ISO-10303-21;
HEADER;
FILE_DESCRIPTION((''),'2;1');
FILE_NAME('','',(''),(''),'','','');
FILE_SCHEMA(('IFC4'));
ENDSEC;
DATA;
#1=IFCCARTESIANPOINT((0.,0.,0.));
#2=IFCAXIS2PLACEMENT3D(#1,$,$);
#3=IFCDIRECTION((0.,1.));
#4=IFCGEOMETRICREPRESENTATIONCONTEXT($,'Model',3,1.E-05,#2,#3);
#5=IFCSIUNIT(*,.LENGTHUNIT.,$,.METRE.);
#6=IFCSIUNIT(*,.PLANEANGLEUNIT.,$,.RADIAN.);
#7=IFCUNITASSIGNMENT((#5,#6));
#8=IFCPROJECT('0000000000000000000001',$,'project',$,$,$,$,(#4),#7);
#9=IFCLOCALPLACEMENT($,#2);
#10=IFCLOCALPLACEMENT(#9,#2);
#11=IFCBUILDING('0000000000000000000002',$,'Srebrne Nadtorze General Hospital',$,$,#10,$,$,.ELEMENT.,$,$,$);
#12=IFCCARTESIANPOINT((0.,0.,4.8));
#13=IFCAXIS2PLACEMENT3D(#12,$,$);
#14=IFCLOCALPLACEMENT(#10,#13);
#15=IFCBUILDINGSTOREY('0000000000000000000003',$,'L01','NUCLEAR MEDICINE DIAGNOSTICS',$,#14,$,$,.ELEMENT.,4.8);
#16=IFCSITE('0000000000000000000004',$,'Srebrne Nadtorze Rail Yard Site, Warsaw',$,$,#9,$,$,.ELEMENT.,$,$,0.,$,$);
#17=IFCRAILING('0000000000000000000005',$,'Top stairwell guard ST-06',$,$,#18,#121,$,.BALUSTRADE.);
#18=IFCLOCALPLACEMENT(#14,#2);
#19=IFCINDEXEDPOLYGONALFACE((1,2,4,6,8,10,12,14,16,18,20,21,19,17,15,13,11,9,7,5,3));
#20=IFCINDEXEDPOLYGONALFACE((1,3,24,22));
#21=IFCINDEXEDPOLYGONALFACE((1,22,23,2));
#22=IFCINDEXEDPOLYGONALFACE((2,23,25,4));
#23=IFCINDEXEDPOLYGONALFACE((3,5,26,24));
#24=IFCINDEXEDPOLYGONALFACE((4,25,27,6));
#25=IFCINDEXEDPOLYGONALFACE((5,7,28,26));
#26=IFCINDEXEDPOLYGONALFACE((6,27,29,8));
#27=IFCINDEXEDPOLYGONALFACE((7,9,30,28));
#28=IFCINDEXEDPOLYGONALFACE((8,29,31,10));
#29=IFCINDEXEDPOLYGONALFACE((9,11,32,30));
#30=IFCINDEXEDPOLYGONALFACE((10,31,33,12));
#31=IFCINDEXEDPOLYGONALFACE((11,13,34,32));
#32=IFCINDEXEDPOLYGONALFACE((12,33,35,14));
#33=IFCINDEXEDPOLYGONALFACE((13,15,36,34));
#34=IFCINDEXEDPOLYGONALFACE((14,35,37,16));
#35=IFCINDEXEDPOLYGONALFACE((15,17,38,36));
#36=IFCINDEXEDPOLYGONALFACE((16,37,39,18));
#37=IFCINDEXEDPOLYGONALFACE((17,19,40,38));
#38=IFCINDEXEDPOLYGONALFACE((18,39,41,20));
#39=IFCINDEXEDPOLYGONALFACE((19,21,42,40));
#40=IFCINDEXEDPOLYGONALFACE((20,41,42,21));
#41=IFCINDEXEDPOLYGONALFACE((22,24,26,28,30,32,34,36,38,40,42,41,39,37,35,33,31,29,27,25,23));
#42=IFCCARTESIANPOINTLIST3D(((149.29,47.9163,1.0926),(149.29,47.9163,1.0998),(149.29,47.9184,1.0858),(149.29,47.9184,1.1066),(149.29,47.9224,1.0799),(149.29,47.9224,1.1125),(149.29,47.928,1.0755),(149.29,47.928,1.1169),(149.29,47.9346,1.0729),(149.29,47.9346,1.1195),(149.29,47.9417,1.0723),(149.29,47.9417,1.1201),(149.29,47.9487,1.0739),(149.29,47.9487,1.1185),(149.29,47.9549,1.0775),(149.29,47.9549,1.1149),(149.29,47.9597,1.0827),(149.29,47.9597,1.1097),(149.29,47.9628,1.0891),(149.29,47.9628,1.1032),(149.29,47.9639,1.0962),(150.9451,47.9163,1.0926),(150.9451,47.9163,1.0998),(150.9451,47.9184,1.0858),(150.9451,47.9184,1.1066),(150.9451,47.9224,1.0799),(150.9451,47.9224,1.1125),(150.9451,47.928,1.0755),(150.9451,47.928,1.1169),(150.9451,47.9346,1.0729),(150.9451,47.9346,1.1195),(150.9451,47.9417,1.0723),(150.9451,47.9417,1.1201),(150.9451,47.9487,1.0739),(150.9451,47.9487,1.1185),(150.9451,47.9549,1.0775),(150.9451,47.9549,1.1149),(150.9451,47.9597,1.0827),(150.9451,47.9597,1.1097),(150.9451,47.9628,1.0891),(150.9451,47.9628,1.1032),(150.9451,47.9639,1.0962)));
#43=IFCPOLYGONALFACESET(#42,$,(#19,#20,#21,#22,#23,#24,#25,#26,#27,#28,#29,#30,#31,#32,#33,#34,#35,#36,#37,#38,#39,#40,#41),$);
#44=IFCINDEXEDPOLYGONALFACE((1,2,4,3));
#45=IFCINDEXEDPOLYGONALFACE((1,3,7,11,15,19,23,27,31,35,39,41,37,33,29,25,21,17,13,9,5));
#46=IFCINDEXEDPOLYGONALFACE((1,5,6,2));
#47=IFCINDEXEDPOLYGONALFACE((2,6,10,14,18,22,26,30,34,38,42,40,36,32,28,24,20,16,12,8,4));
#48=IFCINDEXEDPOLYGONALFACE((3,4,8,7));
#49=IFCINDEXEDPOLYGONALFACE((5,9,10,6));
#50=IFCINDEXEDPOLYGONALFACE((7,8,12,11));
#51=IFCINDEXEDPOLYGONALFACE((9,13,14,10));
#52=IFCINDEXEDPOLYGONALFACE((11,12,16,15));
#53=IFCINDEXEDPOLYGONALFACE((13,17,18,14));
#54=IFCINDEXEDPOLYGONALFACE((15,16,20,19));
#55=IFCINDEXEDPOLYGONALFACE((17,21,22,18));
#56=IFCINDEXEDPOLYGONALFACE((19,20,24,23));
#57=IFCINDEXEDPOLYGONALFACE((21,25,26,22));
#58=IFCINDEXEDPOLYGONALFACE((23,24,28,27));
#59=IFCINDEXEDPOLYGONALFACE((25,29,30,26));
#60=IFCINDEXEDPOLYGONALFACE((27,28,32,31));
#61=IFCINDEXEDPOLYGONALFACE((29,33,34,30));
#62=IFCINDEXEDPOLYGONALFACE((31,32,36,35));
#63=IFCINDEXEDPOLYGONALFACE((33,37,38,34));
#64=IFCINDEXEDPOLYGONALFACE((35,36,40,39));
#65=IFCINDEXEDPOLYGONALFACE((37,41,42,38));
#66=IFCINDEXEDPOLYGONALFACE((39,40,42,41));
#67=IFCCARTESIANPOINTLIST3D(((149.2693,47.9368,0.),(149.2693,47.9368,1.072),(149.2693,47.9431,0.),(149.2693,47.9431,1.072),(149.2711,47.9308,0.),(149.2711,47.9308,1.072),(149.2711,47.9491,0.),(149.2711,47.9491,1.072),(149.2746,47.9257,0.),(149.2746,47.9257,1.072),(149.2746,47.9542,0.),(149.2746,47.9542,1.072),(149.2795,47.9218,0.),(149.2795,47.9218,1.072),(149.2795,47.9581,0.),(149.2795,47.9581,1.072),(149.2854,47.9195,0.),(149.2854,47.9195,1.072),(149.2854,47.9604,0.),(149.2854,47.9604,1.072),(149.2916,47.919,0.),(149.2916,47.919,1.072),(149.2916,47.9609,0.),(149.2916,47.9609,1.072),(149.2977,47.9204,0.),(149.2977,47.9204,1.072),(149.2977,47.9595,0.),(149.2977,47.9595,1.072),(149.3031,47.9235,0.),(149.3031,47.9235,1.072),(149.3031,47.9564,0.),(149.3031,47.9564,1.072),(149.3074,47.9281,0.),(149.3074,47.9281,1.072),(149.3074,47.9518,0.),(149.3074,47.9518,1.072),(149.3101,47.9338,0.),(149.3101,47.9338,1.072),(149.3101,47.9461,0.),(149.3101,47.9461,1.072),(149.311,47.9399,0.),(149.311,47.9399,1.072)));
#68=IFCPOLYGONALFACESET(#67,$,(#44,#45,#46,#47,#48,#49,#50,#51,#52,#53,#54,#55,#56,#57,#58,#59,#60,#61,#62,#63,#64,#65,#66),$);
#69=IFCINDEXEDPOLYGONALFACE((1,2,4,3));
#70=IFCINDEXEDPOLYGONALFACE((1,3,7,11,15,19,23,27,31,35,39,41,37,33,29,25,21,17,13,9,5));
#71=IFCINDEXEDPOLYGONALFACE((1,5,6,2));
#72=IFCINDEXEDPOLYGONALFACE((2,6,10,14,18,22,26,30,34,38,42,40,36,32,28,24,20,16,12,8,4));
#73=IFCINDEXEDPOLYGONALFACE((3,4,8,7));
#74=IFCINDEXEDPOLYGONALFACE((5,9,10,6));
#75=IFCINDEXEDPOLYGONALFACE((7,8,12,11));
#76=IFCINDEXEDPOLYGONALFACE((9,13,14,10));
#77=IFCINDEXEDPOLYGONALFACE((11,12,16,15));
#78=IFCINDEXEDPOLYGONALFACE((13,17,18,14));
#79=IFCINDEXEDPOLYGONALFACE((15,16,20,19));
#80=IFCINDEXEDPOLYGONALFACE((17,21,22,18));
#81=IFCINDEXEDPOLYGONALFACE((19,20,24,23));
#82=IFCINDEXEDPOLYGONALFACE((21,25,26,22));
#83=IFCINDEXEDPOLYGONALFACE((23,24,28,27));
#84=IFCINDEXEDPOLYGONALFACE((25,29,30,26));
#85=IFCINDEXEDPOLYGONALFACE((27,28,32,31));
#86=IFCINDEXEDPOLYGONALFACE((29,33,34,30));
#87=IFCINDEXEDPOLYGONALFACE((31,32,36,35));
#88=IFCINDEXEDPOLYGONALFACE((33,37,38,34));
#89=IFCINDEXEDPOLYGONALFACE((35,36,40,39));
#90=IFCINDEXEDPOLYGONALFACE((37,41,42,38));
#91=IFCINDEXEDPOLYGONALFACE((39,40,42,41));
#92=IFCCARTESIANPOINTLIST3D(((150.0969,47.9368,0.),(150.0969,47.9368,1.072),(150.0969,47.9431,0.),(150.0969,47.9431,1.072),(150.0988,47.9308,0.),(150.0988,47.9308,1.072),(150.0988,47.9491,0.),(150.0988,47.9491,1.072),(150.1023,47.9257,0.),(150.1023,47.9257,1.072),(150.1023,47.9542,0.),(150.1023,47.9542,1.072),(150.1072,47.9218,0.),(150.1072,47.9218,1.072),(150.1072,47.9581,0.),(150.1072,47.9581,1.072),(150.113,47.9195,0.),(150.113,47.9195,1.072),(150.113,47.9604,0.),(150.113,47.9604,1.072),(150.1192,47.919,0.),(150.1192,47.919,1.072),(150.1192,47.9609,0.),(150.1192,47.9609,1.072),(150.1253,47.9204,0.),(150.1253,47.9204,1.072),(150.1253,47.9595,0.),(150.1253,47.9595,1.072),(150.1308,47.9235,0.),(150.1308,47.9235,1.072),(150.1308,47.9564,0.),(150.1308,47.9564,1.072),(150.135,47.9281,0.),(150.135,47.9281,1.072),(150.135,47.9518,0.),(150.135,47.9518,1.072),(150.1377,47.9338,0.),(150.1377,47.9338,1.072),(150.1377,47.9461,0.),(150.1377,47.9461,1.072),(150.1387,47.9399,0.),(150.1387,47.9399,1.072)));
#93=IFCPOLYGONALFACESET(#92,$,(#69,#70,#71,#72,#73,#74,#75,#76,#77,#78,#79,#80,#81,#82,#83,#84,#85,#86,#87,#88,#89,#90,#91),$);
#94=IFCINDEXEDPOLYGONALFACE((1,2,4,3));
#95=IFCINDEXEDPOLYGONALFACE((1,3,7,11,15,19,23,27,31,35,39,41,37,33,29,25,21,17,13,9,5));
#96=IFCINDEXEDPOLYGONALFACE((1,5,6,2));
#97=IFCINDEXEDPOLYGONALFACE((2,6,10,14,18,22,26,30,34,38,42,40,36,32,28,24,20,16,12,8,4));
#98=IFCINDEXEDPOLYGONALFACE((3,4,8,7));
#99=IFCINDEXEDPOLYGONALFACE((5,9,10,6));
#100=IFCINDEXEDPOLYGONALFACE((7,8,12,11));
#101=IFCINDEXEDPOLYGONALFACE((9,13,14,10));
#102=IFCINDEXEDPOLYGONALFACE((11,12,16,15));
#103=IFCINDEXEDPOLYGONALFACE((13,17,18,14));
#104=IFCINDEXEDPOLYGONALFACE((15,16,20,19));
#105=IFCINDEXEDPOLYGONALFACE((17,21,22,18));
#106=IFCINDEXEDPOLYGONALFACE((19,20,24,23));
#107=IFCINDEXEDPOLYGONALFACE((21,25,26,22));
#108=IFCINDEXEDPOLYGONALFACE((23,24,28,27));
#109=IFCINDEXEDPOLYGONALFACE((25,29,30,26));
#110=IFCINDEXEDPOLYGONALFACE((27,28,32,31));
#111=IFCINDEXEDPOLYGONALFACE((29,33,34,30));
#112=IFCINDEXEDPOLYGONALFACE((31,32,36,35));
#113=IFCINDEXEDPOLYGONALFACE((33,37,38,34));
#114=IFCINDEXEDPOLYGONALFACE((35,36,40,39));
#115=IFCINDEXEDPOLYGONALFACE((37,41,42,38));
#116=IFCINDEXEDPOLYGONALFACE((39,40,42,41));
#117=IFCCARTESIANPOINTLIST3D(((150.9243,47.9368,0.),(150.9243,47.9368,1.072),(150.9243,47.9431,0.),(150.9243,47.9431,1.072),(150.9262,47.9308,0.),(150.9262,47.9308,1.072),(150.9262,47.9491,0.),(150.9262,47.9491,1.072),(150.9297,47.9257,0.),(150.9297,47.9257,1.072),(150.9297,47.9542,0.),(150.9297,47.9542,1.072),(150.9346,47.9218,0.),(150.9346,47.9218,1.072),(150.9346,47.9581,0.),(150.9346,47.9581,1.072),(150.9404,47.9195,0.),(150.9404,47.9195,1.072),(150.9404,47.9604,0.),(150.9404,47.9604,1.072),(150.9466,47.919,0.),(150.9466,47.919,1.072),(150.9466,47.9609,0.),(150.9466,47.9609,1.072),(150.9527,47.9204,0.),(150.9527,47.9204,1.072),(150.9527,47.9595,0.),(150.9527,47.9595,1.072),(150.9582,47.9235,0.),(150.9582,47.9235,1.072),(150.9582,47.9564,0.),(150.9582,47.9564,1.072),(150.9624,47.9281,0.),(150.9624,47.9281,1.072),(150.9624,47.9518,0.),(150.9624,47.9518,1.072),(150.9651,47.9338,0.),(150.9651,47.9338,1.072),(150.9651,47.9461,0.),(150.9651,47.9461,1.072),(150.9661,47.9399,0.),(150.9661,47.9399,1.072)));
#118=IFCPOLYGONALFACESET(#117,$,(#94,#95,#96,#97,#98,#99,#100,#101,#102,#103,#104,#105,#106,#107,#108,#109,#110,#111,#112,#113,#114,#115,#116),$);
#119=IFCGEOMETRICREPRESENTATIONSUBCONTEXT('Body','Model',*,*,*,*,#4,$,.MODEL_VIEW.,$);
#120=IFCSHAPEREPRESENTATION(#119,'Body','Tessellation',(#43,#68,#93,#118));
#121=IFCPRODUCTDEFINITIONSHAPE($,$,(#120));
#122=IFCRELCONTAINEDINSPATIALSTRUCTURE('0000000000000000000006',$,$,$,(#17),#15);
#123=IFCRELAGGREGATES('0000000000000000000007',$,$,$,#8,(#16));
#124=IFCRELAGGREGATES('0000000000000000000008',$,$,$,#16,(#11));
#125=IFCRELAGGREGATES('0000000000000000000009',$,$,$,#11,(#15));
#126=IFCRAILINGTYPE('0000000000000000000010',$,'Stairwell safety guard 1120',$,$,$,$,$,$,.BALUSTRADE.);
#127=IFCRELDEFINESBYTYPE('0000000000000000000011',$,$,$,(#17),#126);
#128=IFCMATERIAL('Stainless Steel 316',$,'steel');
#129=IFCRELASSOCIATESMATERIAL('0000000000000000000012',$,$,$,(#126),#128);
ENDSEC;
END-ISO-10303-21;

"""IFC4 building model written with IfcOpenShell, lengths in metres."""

from ifc_helpers import new_model, si_unit, direction, frame, origin, origin_2d, place, context, subcontext, project, spatial, circle, extrude, material, type_object, element, save


model = new_model("IFC4")

# Units and contexts
model_context = context("Model", 3, precision=1e-05, world=origin(), true_north=direction((0.0, 1.0)))
body_context = subcontext(model_context, "Body", "Model", "MODEL_VIEW")
ifc_project = project(units=[si_unit("LENGTHUNIT", "METRE"), si_unit("PLANEANGLEUNIT", "RADIAN")], contexts=[model_context])

# Site, building, storey
site_placement = place(None, origin())
site = spatial("IfcSite", under=ifc_project, at=site_placement, Name="Srebrne Nadtorze Rail Yard Site, Warsaw", CompositionType="ELEMENT", RefElevation=0.0)
building_placement = place(site_placement, origin())
building = spatial("IfcBuilding", under=site, at=building_placement, Name="Srebrne Nadtorze General Hospital", CompositionType="ELEMENT")
storey_placement = place(building_placement, frame((0.0, 0.0, 4.8)))
storey = spatial("IfcBuildingStorey", under=building, at=storey_placement, Name="L01", Description="NUCLEAR MEDICINE DIAGNOSTICS", CompositionType="ELEMENT", Elevation=4.8)

# Railing
ifc_material_1 = material(Name="Stainless Steel 316", Category="steel")
railing_type = type_object("IfcRailingType", Name="Stairwell safety guard 1120", PredefinedType="BALUSTRADE", material=ifc_material_1)
railing_placement = place(storey_placement, frame((149.29, 47.9399, 0.0)))
element("IfcRailing", 1, at=railing_placement, inside=storey, type_object=railing_type, Name="Top stairwell guard ST-06", PredefinedType="BALUSTRADE", context=body_context, shape_type="SweptSolid", body=[
    extrude(circle(Radius=0.0239, at=origin_2d()), frame((0.0, 0.0, 1.0962), z_axis=(1.0, 0.0, 0.0), x_axis=(0.0, 1.0, 0.0)), (0.0, 0.0, 1.0), 1.655),
    extrude(circle(Radius=0.021, at=origin_2d()), origin(), (0.0, 0.0, 1.0), 1.072),
    extrude(circle(Radius=0.021, at=origin_2d()), frame((0.8276, 0.0, 0.0)), (0.0, 0.0, 1.0), 1.072),
    extrude(circle(Radius=0.021, at=origin_2d()), frame((1.655, 0.0, 0.0)), (0.0, 0.0, 1.0), 1.072),
])

save(model, "model.ifc")
